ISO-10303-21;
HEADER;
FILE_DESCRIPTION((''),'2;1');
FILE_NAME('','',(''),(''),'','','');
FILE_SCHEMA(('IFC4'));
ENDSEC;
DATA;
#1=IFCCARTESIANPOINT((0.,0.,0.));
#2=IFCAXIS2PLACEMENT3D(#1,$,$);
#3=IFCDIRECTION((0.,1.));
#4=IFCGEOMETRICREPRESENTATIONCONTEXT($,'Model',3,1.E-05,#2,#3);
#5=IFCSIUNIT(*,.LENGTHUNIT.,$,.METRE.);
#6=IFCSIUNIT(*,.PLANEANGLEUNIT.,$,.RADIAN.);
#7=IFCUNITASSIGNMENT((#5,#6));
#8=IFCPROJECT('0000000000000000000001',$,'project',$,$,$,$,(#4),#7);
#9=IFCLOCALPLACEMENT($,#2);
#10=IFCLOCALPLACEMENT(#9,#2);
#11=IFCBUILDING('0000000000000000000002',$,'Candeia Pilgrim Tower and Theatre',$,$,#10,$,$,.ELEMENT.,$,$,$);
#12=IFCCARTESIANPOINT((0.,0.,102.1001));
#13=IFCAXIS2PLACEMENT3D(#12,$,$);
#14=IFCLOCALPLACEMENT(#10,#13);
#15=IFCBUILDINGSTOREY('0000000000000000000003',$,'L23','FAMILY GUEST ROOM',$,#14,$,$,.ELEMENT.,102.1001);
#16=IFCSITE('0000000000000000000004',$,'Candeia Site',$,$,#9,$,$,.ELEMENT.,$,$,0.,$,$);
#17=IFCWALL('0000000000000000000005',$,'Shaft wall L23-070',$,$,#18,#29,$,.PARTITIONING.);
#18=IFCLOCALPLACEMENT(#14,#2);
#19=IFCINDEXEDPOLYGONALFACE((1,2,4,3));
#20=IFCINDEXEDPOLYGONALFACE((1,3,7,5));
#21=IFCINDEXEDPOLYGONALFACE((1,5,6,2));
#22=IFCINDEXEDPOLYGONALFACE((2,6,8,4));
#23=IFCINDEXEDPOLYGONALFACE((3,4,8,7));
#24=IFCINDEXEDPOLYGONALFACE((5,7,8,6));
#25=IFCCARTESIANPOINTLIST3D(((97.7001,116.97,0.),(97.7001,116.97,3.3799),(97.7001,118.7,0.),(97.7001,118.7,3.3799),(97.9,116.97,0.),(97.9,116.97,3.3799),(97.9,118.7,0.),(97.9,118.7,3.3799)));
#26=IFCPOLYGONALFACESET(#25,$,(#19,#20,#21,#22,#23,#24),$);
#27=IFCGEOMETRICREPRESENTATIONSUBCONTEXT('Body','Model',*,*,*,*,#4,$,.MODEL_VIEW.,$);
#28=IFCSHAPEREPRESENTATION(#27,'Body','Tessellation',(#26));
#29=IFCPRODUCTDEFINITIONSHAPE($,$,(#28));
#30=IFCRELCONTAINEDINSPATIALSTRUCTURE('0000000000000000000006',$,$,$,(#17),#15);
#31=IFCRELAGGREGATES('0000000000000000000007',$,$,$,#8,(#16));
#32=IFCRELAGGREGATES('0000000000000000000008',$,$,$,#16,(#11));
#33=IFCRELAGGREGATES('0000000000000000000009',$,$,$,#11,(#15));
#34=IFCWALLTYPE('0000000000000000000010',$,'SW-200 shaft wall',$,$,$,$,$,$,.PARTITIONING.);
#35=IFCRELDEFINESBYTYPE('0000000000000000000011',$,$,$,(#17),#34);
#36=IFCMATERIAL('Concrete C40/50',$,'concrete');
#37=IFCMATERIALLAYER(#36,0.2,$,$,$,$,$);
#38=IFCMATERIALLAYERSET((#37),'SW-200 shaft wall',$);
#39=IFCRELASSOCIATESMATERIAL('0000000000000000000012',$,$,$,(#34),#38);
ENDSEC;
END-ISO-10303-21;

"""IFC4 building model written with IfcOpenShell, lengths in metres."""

from ifc_helpers import new_model, si_unit, direction, frame, frame_2d, origin, place, context, subcontext, project, spatial, rectangle, extrude, material, layer, layer_set, type_object, element, save


model = new_model("IFC4")

# Units and contexts
model_context = context("Model", 3, precision=1e-05, world=origin(), true_north=direction((0.0, 1.0)))
body_context = subcontext(model_context, "Body", "Model", "MODEL_VIEW")
ifc_project = project(units=[si_unit("LENGTHUNIT", "METRE"), si_unit("PLANEANGLEUNIT", "RADIAN")], contexts=[model_context])

# Site, building, storey
site_placement = place(None, origin())
site = spatial("IfcSite", under=ifc_project, at=site_placement, Name="Candeia Site", CompositionType="ELEMENT", RefElevation=0.0)
building_placement = place(site_placement, origin())
building = spatial("IfcBuilding", under=site, at=building_placement, Name="Candeia Pilgrim Tower and Theatre", CompositionType="ELEMENT")
storey_placement = place(building_placement, frame((0.0, 0.0, 102.1001)))
storey = spatial("IfcBuildingStorey", under=building, at=storey_placement, Name="L23", Description="FAMILY GUEST ROOM", CompositionType="ELEMENT", Elevation=102.1001)

# Shared definitions
ifc_material_1 = material(Name="Concrete C40/50", Category="concrete")
ifc_layer_1 = layer(ifc_material_1, 0.2)
ifc_layer_set_1 = layer_set([ifc_layer_1], Name="SW-200 shaft wall")
wall_type_1 = type_object("IfcWallType", Name="SW-200 shaft wall", PredefinedType="PARTITIONING", material=ifc_layer_set_1)

# Wall
wall_1_placement = place(storey_placement, frame((97.8, 116.97, 0.0), z_axis=(0.0, 0.0, 1.0), x_axis=(0.0, 1.0, 0.0)))
element("IfcWall", 1, at=wall_1_placement, inside=storey, type_object=wall_type_1, Name="Shaft wall L23-070", PredefinedType="PARTITIONING", context=body_context, shape_type="SweptSolid", body=[
    extrude(rectangle(XDim=1.73, YDim=0.2, at=frame_2d((0.865, 0.0))), origin(), (0.0, 0.0, 1.0), 3.3799),
])

save(model, "model.ifc")
